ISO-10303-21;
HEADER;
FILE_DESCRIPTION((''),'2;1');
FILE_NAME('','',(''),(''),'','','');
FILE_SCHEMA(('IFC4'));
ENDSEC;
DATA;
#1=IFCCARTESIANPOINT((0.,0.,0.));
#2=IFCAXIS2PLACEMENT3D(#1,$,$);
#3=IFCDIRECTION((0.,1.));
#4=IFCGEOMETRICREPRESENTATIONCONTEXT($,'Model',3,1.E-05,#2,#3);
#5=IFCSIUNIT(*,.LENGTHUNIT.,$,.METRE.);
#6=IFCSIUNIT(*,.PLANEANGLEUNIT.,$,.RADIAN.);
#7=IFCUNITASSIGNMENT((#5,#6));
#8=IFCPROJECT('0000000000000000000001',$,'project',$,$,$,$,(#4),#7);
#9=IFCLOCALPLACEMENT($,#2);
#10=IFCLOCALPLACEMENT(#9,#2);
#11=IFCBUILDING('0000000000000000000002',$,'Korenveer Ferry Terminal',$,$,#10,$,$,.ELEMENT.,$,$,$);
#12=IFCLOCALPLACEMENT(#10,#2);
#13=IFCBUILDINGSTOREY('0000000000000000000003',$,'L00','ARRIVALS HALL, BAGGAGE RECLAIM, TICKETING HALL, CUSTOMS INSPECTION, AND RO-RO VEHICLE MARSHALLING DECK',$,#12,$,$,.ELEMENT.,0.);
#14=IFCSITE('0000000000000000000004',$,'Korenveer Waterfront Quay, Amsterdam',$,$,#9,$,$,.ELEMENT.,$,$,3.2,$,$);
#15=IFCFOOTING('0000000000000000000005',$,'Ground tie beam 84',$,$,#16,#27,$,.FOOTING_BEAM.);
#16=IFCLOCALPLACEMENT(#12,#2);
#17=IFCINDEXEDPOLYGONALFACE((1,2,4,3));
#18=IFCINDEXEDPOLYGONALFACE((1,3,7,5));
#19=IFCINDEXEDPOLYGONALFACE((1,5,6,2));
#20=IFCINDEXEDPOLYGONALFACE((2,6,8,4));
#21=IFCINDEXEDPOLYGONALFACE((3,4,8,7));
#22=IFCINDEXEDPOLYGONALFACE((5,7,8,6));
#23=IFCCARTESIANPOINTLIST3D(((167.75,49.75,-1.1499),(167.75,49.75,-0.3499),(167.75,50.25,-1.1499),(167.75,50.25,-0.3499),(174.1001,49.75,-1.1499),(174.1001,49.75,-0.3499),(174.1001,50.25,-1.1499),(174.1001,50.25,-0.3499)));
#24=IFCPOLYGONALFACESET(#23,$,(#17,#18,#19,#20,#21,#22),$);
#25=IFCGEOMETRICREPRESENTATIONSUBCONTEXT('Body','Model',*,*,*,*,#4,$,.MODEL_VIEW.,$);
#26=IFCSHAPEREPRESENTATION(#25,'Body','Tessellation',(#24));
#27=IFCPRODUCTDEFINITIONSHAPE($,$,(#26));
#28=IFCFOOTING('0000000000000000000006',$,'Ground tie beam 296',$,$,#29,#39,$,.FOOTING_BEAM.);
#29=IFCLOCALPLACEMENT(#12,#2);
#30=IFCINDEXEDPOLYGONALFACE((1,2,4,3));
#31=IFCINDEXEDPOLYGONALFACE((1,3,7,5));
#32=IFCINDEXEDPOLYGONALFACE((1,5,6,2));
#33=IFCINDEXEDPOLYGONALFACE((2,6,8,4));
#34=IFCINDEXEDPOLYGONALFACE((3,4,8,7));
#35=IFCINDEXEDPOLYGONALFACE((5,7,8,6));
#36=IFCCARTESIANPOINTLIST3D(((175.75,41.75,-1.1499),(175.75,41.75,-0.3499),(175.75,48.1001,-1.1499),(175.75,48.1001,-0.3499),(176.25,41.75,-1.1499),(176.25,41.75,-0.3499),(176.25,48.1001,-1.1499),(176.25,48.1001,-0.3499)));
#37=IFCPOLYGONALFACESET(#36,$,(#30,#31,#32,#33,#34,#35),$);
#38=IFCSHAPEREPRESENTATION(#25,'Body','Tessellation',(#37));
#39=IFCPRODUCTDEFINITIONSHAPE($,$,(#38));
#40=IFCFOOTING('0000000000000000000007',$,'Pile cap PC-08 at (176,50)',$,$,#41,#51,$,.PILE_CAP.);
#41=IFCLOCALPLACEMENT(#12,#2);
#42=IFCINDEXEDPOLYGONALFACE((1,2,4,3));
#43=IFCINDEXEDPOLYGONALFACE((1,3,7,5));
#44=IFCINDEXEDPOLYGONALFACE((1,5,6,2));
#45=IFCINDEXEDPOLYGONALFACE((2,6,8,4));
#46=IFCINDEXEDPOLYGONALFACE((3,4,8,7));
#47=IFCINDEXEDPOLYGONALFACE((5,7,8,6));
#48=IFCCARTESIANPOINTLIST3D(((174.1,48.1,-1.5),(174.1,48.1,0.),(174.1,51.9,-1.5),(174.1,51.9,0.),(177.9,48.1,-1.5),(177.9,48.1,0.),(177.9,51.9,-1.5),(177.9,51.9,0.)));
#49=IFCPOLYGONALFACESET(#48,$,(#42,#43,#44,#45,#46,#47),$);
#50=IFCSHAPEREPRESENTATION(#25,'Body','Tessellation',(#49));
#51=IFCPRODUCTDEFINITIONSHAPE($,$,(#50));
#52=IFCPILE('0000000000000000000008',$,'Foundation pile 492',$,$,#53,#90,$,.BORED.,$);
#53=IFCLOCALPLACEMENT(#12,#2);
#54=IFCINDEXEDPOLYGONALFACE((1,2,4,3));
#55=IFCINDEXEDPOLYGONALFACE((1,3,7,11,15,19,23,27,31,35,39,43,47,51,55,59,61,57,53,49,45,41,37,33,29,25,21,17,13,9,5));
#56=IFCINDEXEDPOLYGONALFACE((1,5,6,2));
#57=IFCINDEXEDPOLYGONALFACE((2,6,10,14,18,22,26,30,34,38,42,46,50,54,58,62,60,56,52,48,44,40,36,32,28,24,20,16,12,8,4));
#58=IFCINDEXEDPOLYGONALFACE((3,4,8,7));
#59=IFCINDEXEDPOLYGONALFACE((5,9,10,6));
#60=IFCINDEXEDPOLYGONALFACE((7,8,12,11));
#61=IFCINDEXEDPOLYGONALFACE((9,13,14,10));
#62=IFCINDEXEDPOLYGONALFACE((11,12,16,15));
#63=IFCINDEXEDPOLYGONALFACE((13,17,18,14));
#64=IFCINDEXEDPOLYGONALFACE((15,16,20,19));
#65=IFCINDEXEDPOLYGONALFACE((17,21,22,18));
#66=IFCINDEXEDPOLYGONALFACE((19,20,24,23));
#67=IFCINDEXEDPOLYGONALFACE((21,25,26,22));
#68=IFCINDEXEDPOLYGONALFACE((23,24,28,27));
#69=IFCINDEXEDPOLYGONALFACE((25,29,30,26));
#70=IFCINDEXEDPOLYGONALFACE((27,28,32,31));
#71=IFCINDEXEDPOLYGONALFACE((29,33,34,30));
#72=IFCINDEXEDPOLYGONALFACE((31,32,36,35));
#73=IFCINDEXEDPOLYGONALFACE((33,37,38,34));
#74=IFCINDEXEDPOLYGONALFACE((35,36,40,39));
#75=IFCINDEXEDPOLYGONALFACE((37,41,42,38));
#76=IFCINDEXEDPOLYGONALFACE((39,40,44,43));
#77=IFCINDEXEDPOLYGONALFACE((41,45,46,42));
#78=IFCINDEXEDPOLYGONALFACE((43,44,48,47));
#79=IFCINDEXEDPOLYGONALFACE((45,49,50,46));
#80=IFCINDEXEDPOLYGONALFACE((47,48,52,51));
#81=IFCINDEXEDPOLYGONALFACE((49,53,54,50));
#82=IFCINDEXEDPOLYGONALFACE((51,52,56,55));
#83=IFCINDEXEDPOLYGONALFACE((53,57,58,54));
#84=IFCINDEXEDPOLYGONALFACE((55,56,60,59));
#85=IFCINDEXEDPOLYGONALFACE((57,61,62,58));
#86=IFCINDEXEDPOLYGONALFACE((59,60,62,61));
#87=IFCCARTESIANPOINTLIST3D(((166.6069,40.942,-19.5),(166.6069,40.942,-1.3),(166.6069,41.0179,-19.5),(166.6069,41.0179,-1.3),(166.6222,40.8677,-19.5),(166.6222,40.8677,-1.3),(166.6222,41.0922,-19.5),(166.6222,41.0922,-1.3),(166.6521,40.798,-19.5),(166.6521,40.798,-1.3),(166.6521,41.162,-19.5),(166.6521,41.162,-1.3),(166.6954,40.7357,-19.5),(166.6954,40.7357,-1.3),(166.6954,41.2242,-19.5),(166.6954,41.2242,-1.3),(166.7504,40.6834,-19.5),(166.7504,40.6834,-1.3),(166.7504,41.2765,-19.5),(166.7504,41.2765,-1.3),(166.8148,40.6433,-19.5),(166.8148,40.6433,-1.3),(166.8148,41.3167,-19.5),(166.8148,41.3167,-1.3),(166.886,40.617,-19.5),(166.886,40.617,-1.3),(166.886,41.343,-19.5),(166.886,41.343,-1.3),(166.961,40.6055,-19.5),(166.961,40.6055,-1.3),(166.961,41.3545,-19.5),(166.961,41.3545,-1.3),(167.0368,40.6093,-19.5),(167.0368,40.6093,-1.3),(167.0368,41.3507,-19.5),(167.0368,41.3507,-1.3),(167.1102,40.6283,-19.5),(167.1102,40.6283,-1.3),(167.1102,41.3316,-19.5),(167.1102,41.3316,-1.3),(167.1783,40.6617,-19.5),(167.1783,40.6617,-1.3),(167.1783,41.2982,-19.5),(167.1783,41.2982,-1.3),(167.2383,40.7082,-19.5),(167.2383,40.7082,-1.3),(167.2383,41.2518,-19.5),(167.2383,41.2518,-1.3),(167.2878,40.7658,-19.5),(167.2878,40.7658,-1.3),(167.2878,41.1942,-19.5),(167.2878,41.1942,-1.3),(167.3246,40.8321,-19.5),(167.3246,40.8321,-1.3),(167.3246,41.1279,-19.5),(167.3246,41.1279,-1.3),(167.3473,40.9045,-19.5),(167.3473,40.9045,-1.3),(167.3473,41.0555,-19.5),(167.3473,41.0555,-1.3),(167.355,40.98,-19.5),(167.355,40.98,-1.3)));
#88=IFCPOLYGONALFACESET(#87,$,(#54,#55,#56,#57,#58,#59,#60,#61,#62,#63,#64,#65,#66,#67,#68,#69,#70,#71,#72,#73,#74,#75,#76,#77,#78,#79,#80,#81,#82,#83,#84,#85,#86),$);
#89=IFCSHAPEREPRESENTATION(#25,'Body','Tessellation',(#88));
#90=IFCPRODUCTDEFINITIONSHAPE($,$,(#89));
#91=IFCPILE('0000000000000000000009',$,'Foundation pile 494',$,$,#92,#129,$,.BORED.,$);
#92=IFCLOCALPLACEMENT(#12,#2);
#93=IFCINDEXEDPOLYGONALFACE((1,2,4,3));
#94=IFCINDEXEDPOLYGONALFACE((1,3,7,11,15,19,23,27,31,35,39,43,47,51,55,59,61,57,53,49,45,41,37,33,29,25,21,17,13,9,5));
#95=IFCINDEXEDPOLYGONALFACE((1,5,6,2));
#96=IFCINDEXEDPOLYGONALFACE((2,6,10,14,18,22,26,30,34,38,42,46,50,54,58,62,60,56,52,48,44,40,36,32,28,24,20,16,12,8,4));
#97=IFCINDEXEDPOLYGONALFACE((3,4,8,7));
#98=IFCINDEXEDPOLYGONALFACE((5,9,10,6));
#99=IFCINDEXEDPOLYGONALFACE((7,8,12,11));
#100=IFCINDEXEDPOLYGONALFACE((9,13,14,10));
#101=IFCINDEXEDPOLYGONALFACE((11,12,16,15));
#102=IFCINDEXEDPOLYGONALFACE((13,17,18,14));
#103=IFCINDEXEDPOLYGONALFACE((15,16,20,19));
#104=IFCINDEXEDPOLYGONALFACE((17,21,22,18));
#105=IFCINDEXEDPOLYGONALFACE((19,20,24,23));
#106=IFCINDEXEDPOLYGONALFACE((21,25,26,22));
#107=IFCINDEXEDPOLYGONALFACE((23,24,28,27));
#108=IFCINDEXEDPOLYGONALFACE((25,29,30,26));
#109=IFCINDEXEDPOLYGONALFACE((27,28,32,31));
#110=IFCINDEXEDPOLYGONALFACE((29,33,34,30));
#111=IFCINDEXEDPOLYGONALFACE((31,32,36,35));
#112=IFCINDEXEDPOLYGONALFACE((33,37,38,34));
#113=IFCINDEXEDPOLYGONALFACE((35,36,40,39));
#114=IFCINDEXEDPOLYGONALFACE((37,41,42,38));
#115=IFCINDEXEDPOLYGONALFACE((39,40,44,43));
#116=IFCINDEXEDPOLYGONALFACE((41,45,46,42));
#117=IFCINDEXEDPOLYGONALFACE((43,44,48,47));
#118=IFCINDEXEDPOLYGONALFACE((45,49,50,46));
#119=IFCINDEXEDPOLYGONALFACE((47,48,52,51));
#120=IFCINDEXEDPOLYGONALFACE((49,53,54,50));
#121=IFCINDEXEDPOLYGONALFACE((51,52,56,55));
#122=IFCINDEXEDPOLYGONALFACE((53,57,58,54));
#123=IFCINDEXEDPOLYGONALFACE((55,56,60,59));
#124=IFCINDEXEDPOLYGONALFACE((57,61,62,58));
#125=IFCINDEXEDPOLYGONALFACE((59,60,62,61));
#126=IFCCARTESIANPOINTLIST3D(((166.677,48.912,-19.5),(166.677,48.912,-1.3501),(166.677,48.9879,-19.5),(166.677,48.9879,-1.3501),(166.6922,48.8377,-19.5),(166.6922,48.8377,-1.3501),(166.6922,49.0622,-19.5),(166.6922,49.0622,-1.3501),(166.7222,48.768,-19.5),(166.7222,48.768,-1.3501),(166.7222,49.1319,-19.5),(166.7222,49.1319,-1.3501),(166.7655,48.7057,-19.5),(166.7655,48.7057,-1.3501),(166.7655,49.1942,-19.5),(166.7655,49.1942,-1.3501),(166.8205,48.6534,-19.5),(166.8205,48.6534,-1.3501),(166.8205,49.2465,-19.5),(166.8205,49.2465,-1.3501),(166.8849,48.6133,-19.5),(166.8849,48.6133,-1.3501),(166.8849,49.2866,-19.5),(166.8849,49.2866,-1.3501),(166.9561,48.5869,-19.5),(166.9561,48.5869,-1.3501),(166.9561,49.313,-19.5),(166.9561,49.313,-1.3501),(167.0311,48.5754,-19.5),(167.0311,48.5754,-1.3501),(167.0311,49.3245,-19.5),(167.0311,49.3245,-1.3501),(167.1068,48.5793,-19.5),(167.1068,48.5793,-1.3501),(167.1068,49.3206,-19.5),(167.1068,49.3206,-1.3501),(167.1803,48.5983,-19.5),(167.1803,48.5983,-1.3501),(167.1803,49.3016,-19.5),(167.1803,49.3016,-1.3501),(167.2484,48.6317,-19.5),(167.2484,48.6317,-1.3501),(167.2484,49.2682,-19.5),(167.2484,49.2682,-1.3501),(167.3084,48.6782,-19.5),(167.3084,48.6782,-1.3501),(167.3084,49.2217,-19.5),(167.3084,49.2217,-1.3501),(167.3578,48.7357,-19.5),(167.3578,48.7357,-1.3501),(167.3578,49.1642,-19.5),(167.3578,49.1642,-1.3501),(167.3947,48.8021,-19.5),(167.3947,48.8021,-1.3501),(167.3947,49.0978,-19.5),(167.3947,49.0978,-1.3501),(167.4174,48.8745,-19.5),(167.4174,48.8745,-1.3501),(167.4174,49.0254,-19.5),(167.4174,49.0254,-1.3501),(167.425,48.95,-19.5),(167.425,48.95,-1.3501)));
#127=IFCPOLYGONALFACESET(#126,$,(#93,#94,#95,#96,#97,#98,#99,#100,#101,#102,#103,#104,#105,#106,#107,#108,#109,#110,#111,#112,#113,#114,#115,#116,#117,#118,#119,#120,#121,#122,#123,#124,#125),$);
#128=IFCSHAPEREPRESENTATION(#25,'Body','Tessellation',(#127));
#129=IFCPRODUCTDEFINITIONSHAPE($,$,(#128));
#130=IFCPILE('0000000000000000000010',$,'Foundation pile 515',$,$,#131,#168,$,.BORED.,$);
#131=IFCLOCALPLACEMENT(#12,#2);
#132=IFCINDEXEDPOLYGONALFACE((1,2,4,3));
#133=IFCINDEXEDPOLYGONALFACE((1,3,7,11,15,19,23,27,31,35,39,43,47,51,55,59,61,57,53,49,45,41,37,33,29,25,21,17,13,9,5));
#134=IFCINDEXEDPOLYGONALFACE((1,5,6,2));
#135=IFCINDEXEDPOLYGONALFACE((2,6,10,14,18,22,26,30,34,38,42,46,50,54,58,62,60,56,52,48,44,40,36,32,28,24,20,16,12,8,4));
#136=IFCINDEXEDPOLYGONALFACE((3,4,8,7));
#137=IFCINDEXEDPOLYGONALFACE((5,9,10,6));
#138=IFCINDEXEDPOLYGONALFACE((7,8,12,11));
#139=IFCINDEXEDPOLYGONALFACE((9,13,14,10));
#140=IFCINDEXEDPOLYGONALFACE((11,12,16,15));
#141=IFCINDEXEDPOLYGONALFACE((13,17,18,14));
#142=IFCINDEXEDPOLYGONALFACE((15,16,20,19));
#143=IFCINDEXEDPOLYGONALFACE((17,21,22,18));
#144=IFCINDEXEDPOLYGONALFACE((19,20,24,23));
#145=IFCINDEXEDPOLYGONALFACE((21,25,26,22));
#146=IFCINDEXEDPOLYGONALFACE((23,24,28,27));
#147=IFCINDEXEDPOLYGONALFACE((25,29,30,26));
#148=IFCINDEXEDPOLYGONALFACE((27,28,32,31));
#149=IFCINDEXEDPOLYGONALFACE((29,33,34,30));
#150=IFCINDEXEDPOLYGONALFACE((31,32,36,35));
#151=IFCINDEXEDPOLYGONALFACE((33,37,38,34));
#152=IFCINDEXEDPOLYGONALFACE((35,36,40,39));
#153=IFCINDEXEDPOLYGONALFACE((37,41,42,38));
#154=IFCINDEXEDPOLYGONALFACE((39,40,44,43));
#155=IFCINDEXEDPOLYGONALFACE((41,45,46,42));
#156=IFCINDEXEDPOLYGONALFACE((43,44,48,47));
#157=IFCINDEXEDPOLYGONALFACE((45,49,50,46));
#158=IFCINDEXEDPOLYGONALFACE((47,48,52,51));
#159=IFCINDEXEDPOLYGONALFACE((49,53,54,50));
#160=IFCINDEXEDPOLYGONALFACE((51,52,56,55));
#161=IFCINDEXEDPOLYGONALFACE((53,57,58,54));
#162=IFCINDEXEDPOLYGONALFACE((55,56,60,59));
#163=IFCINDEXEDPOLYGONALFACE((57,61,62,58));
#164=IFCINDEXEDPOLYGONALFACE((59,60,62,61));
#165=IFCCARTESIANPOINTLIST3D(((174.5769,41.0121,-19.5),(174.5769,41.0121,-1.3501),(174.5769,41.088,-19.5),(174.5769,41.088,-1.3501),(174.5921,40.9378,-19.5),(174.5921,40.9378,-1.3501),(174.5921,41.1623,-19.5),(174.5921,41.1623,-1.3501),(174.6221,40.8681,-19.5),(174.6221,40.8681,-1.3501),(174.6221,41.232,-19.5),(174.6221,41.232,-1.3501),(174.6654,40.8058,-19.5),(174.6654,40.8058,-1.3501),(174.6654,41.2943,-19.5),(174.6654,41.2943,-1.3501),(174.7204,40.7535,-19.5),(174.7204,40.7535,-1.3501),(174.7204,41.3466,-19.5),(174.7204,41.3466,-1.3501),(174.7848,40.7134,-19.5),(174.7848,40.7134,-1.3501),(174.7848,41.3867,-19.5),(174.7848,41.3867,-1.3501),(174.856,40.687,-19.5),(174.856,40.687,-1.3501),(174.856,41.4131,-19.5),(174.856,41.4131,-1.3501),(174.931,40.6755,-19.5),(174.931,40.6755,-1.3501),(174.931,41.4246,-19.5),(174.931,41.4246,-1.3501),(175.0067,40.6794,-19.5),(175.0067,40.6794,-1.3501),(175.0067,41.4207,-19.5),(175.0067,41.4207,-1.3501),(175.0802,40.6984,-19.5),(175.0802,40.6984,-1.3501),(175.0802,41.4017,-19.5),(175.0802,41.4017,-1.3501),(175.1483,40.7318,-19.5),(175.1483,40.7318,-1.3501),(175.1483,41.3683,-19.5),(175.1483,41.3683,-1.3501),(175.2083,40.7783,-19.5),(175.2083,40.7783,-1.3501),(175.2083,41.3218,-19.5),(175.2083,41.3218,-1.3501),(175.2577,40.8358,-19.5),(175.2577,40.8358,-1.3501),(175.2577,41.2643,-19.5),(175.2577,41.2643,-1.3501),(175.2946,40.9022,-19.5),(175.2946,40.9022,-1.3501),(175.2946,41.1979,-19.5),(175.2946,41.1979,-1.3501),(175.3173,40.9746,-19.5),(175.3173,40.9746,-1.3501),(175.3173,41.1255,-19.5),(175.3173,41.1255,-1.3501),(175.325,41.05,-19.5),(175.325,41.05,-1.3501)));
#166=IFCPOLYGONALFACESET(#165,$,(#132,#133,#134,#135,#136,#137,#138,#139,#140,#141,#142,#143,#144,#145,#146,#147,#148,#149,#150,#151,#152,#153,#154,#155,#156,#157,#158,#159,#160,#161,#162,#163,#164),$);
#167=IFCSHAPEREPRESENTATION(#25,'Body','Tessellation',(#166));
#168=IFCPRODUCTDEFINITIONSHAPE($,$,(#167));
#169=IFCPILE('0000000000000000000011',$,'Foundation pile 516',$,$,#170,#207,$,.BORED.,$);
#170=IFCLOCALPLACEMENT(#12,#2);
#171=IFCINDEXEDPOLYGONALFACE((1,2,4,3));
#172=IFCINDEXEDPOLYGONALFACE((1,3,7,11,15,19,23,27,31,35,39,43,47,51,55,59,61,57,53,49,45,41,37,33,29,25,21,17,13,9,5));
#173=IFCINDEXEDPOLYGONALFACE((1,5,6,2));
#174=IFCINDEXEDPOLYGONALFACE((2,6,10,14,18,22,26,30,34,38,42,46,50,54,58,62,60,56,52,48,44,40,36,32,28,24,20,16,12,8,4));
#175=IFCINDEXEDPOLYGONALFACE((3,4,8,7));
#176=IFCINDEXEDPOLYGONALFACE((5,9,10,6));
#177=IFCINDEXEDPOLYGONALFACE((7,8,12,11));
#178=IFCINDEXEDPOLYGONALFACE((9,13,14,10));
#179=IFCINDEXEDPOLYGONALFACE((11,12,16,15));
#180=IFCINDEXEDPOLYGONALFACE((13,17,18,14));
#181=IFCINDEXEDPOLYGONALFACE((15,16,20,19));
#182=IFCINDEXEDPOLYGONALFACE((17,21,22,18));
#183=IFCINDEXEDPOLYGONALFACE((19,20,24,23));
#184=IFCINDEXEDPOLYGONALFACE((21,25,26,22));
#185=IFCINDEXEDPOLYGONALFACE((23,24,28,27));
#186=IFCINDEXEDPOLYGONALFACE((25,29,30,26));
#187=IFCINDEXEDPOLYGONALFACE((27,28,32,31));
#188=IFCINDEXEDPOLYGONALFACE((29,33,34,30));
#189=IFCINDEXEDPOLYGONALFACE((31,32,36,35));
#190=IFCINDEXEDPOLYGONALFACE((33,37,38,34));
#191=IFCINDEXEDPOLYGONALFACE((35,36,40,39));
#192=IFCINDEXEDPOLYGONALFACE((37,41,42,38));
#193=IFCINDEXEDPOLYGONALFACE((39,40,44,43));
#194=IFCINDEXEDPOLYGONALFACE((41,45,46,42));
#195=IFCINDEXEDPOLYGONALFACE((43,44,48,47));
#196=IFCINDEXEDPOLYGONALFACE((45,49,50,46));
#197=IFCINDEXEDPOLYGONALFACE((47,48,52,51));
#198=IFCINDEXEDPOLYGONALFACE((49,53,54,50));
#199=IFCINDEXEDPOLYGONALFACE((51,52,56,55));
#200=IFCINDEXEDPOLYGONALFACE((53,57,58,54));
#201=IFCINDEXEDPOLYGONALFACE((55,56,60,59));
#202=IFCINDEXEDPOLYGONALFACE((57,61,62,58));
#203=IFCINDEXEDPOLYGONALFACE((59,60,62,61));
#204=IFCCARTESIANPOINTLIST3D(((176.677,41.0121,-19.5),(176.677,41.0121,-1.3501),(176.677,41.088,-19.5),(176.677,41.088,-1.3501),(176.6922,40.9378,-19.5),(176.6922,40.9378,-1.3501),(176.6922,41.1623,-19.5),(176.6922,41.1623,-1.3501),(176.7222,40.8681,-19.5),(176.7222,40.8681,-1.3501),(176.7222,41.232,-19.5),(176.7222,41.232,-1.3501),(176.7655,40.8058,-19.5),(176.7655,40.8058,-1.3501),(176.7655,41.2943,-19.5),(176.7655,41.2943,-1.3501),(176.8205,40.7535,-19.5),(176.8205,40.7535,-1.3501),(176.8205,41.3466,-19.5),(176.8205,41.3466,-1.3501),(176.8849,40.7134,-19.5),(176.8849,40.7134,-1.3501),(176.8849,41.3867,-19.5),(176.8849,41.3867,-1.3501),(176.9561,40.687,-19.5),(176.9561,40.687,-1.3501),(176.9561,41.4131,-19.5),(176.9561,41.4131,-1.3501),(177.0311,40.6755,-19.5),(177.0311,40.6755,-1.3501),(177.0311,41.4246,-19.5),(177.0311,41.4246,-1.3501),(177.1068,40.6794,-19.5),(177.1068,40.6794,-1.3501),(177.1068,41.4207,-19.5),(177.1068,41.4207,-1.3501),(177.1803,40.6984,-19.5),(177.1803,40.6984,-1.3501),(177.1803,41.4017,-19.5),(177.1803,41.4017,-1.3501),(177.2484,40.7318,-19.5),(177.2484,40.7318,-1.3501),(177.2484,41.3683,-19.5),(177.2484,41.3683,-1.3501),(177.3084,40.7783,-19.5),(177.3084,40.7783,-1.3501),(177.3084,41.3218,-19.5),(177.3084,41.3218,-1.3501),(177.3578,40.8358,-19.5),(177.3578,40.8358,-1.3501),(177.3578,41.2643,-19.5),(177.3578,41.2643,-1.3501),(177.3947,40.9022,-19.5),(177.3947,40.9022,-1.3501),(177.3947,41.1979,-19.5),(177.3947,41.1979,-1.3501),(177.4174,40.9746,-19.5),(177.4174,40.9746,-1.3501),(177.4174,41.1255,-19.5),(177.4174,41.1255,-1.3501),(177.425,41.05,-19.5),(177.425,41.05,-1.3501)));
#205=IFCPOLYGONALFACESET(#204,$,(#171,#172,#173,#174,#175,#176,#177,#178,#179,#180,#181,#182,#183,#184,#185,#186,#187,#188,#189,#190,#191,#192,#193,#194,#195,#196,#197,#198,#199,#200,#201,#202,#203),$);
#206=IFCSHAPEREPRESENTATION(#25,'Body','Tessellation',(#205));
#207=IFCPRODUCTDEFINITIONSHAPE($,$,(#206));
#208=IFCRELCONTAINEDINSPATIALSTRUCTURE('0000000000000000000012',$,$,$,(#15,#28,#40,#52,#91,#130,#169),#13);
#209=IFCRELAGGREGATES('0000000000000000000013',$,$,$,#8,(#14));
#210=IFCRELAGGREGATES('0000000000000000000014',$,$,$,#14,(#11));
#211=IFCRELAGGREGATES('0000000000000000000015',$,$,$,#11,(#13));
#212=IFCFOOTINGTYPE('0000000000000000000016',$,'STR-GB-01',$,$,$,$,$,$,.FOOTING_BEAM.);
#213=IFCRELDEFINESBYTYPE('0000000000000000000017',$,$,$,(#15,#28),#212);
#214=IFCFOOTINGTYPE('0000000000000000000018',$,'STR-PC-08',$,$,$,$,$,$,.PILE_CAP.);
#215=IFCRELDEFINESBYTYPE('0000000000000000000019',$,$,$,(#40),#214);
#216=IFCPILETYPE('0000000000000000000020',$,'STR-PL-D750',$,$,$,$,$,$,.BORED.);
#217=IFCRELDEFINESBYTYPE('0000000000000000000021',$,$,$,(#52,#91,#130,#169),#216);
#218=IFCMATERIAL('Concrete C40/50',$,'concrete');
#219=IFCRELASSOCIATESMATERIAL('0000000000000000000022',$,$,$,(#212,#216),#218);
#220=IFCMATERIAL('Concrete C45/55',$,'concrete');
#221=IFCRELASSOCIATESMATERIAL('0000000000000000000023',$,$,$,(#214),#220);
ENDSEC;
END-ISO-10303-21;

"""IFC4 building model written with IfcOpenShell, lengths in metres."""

from ifc_helpers import new_model, si_unit, direction, frame, origin, origin_2d, place, context, subcontext, project, spatial, rectangle, circle, extrude, material, material_profile, profile_set, type_object, element, save


model = new_model("IFC4")

# Units and contexts
model_context = context("Model", 3, precision=1e-05, world=origin(), true_north=direction((0.0, 1.0)))
body_context = subcontext(model_context, "Body", "Model", "MODEL_VIEW")
ifc_project = project(units=[si_unit("LENGTHUNIT", "METRE"), si_unit("PLANEANGLEUNIT", "RADIAN")], contexts=[model_context])

# Site, building, storey
site_placement = place(None, origin())
site = spatial("IfcSite", under=ifc_project, at=site_placement, Name="Korenveer Waterfront Quay, Amsterdam", CompositionType="ELEMENT", RefElevation=3.2)
building_placement = place(site_placement, origin())
building = spatial("IfcBuilding", under=site, at=building_placement, Name="Korenveer Ferry Terminal", CompositionType="ELEMENT")
storey_placement = place(building_placement, origin())
storey = spatial("IfcBuildingStorey", under=building, at=storey_placement, Name="L00", Description="ARRIVALS HALL, BAGGAGE RECLAIM, TICKETING HALL, CUSTOMS INSPECTION, AND RO-RO VEHICLE MARSHALLING DECK", CompositionType="ELEMENT", Elevation=0.0)

# Footings
ifc_material_1 = material(Name="Concrete C40/50", Category="concrete")
footing_type_1 = type_object("IfcFootingType", Name="STR-GB-01", PredefinedType="FOOTING_BEAM", material=ifc_material_1)
footing_1_placement = place(storey_placement, frame((170.925, 50.0, -1.1499), z_axis=(0.0, 0.0, 1.0), x_axis=(1.0, 0.0, 0.0)))
element("IfcFooting", 1, at=footing_1_placement, inside=storey, type_object=footing_type_1, Name="Ground tie beam 84", PredefinedType="FOOTING_BEAM", context=body_context, shape_type="SweptSolid", body=[
    extrude(rectangle(XDim=6.3501, YDim=0.5, at=origin_2d()), origin(), (0.0, 0.0, 1.0), 0.8),
])
footing_2_placement = place(storey_placement, frame((176.0, 44.925, -1.1499), z_axis=(0.0, 0.0, 1.0), x_axis=(1.0, 0.0, 0.0)))
element("IfcFooting", 2, at=footing_2_placement, inside=storey, type_object=footing_type_1, Name="Ground tie beam 296", PredefinedType="FOOTING_BEAM", context=body_context, shape_type="SweptSolid", body=[
    extrude(rectangle(XDim=0.5, YDim=6.3501, at=origin_2d()), origin(), (0.0, 0.0, 1.0), 0.8),
])
ifc_material_2 = material(Name="Concrete C45/55", Category="concrete")
footing_type_2 = type_object("IfcFootingType", Name="STR-PC-08", PredefinedType="PILE_CAP", material=ifc_material_2)
footing_3_placement = place(storey_placement, frame((176.0, 50.0, -1.5), z_axis=(0.0, 0.0, 1.0), x_axis=(1.0, 0.0, 0.0)))
element("IfcFooting", 3, at=footing_3_placement, inside=storey, type_object=footing_type_2, Name="Pile cap PC-08 at (176,50)", PredefinedType="PILE_CAP", context=body_context, shape_type="SweptSolid", body=[
    extrude(rectangle(XDim=3.8, YDim=3.8, at=origin_2d()), origin(), (0.0, 0.0, 1.0), 1.5),
])

# Piles
ifc_material_profile_1 = material_profile(ifc_material_1, circle(Radius=0.375, at=origin_2d()), Name="PILE D750")
ifc_profile_set_1 = profile_set([ifc_material_profile_1], Name="Concrete C40/50")
pile_type_1 = type_object("IfcPileType", Name="STR-PL-D750", PredefinedType="BORED", material=ifc_profile_set_1)
pile_placement = place(storey_placement, frame((166.98, 40.98, -1.3), z_axis=(0.0, 0.0, -1.0), x_axis=(1.0, 0.0, 0.0)))
element("IfcPile", 4, at=pile_placement, inside=storey, type_object=pile_type_1, Name="Foundation pile 492", PredefinedType="BORED", context=body_context, shape_type="SweptSolid", body=[
    extrude(circle(Radius=0.375, at=origin_2d()), origin(), (0.0, 0.0, 1.0), 18.2),
])
for number, where, z_axis, x_axis, name in (
    (5, (167.05, 48.95, -1.3501), (0.0, 0.0, -1.0), (1.0, 0.0, 0.0), "Foundation pile 494"),
    (6, (174.95, 41.05, -1.3501), (0.0, 0.0, -1.0), (1.0, 0.0, 0.0), "Foundation pile 515"),
    (7, (177.05, 41.05, -1.3501), (0.0, 0.0, -1.0), (1.0, 0.0, 0.0), "Foundation pile 516"),
):
    element("IfcPile", number, at=place(storey_placement, frame(where, z_axis=z_axis, x_axis=x_axis)), inside=storey, type_object=pile_type_1, Name=name, PredefinedType="BORED", context=body_context, shape_type="SweptSolid", body=[
        extrude(circle(Radius=0.375, at=origin_2d()), origin(), (0.0, 0.0, 1.0), 18.1499),
    ])

save(model, "model.ifc")
